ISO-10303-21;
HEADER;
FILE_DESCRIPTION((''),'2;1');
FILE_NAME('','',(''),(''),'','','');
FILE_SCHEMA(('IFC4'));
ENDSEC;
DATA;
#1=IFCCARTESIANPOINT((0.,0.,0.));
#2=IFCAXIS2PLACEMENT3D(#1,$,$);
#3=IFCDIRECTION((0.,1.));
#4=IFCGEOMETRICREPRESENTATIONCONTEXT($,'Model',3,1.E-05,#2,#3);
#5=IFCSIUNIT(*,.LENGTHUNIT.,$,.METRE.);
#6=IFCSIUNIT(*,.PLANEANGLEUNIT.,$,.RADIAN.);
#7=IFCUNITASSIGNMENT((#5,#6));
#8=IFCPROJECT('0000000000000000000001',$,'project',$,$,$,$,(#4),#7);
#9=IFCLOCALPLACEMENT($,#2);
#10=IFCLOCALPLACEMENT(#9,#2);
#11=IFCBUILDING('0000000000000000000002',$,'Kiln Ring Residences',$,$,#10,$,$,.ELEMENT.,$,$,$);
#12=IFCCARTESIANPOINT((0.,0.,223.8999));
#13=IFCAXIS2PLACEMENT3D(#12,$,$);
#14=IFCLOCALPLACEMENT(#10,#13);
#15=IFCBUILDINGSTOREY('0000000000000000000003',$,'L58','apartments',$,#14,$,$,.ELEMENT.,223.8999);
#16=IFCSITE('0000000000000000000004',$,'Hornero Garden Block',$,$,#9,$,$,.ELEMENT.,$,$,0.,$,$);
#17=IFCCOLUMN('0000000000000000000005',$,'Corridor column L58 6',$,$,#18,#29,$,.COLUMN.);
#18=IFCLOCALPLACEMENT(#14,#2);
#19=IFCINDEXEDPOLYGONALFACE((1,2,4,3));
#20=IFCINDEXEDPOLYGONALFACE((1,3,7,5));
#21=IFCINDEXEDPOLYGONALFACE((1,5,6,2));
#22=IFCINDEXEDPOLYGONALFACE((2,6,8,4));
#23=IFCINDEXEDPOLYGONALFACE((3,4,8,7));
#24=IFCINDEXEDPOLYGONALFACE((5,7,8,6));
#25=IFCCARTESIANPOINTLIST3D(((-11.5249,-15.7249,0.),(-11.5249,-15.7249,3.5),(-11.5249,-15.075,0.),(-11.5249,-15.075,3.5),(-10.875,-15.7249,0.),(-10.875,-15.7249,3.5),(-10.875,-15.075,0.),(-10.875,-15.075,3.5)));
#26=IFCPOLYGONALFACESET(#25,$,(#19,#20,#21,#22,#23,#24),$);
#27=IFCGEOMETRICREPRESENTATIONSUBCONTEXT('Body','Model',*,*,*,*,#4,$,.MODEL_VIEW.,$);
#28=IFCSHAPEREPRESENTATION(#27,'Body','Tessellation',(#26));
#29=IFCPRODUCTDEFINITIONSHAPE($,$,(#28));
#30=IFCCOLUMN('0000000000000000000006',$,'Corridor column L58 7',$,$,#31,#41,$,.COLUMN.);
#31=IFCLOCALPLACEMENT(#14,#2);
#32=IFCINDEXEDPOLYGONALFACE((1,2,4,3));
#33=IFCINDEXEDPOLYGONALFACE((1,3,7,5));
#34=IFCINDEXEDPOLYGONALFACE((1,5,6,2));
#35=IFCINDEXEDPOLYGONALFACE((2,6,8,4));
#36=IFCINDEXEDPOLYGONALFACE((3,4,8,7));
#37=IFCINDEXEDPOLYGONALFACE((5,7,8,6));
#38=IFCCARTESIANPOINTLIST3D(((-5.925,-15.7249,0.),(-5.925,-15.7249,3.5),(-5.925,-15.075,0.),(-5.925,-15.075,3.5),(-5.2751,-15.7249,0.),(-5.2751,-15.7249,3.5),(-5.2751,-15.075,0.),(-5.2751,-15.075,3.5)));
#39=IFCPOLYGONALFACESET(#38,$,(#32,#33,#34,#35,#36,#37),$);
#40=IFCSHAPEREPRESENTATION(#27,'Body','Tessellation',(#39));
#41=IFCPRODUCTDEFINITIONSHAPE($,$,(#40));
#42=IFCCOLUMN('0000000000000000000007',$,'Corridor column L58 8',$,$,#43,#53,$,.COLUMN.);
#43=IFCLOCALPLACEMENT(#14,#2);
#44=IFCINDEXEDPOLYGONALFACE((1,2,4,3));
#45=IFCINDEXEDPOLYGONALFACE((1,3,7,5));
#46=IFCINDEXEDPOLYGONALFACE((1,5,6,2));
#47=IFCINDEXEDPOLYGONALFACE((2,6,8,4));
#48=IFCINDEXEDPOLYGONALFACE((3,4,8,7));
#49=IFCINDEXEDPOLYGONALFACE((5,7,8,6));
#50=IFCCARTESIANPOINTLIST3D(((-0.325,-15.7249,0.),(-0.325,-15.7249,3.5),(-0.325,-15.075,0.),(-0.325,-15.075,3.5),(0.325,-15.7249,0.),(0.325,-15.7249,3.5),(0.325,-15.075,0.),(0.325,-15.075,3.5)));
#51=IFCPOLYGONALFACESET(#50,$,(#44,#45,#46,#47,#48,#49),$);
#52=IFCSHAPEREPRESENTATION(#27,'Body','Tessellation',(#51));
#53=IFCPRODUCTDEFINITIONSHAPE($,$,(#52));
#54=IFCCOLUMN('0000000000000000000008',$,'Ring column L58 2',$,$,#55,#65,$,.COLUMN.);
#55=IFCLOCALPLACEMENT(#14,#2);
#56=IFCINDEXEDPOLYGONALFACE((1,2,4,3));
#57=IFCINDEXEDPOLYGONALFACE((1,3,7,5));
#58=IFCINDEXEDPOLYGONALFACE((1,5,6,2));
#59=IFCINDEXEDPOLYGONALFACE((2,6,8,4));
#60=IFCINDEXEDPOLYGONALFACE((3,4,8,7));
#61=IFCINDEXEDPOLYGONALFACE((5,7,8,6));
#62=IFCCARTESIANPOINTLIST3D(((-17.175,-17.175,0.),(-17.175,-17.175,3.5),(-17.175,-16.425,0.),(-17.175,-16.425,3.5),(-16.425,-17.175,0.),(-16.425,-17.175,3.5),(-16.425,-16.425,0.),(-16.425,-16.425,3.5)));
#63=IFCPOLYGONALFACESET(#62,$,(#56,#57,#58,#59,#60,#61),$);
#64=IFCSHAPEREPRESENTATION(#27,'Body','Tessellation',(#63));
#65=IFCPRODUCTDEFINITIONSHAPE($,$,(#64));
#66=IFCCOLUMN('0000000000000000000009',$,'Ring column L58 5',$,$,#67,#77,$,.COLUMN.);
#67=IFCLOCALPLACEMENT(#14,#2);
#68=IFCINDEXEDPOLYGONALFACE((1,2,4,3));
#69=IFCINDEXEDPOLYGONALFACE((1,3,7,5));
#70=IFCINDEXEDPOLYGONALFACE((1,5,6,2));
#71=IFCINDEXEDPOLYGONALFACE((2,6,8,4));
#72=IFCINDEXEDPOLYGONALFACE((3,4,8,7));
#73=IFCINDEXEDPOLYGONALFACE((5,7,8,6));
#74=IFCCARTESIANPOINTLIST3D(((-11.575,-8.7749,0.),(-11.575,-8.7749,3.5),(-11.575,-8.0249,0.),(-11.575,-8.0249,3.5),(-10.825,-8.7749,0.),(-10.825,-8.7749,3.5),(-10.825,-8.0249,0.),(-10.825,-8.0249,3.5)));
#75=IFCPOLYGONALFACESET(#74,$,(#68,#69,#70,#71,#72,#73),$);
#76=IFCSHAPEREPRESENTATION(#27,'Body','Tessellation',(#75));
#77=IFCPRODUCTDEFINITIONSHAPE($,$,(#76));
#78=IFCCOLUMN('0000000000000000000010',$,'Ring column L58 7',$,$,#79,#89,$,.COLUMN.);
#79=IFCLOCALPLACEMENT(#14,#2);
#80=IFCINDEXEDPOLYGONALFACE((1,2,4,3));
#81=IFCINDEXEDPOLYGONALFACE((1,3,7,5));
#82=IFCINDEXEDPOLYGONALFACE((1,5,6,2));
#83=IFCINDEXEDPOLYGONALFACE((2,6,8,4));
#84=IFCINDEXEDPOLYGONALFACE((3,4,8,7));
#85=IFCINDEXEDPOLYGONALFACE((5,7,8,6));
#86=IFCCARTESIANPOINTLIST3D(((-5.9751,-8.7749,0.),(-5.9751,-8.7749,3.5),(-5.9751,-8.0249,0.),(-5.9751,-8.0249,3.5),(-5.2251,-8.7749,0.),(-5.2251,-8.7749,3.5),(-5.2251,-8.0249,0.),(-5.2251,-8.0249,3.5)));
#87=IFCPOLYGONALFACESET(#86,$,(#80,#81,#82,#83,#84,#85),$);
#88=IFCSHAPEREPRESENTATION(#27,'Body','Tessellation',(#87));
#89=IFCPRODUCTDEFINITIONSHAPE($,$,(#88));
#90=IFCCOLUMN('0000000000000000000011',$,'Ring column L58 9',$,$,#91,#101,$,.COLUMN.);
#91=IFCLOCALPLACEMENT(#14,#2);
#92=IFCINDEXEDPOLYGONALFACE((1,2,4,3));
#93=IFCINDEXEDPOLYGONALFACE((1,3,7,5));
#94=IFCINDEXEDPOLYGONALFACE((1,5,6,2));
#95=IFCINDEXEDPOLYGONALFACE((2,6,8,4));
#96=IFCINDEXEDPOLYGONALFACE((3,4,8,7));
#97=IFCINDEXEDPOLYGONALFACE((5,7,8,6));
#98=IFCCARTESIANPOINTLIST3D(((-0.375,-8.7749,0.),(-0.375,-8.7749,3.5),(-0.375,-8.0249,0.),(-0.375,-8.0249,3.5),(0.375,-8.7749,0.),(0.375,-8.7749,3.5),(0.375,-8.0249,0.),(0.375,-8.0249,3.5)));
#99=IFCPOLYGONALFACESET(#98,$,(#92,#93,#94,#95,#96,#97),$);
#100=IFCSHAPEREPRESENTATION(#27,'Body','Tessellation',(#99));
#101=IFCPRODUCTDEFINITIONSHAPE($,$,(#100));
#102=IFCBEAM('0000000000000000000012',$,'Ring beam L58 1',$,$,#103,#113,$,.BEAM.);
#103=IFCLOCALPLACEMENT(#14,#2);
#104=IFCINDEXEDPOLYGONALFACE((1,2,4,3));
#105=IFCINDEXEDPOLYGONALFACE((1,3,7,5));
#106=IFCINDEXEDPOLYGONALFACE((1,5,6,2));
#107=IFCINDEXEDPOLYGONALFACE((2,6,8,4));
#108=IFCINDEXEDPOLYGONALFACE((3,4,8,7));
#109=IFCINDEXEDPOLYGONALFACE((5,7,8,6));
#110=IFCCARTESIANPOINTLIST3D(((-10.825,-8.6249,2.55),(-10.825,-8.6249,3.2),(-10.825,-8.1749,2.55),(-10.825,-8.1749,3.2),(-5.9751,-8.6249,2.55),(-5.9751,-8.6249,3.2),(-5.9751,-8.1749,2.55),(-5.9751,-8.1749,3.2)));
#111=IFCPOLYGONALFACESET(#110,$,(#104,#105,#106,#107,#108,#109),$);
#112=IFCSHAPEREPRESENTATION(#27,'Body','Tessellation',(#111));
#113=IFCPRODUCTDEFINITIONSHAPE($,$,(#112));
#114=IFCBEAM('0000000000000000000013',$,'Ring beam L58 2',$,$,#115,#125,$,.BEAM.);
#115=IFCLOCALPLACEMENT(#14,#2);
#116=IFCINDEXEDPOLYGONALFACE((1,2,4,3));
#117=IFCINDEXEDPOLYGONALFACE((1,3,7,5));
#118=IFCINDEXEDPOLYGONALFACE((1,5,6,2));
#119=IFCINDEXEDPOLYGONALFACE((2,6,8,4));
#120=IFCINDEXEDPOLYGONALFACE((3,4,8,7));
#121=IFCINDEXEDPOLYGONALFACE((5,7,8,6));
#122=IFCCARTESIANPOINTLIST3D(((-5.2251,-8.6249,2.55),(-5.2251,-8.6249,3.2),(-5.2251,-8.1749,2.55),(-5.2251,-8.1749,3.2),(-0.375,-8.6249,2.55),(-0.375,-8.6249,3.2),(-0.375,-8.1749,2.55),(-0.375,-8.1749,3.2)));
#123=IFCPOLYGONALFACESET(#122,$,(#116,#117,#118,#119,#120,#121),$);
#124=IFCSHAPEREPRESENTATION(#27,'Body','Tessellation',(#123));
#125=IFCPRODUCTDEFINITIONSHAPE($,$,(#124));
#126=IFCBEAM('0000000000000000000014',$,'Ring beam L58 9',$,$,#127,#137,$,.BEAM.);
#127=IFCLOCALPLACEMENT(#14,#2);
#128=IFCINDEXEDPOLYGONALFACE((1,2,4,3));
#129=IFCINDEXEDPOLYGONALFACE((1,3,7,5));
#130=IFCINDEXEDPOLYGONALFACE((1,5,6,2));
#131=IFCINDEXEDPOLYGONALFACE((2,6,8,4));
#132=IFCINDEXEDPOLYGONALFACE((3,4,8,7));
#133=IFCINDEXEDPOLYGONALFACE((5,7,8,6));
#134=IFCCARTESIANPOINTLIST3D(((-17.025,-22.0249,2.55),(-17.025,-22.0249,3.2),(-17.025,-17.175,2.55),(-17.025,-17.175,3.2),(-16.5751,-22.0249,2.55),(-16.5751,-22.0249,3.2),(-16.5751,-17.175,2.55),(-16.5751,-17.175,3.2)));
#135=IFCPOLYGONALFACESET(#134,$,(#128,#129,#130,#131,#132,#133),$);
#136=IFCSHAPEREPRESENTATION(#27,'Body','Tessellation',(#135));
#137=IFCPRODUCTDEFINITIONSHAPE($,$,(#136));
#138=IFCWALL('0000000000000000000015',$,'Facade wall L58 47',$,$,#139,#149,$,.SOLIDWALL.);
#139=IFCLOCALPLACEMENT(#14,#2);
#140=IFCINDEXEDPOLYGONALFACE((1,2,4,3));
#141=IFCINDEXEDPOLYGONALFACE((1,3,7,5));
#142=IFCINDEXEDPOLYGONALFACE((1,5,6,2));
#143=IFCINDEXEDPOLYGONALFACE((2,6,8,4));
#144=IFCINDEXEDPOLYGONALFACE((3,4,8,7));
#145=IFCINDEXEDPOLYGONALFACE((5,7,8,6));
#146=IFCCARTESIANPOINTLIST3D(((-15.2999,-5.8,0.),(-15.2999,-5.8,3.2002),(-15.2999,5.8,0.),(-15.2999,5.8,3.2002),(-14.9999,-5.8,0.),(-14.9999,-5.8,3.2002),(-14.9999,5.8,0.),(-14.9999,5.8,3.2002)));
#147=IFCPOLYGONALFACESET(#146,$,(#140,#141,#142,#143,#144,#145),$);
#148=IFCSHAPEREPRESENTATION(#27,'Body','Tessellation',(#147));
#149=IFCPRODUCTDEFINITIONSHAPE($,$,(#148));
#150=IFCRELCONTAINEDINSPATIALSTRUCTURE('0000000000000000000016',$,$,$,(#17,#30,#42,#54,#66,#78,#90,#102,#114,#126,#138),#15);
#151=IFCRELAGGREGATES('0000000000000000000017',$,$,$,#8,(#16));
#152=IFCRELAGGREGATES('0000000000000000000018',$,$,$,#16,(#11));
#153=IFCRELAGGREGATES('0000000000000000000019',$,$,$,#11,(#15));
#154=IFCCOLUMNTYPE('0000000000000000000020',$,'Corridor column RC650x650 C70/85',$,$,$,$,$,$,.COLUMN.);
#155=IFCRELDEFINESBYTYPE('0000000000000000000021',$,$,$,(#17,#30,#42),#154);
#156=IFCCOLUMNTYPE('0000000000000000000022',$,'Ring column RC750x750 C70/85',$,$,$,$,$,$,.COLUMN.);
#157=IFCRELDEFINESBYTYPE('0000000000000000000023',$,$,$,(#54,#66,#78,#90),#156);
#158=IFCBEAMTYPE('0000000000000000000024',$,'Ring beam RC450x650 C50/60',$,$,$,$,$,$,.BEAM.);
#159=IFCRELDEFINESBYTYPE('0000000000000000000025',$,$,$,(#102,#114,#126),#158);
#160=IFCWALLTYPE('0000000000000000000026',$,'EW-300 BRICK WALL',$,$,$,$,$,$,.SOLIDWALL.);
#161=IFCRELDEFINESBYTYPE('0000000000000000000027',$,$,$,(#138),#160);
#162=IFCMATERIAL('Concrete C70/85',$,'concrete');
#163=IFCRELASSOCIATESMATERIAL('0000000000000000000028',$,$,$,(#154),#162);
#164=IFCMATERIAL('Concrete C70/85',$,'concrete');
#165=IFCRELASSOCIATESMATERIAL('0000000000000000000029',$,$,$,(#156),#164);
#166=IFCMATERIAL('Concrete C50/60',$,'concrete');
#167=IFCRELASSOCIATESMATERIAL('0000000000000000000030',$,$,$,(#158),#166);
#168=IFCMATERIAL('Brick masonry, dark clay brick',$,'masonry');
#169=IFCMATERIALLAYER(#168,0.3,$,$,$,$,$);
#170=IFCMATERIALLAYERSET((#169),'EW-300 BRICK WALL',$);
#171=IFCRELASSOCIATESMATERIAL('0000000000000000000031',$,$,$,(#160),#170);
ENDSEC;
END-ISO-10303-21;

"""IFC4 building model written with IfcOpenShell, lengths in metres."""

from ifc_helpers import new_model, si_unit, direction, frame, frame_2d, origin, origin_2d, place, context, subcontext, project, spatial, rectangle, extrude, material, layer, layer_set, material_profile, profile_set, type_object, element, save


model = new_model("IFC4")

# Units and contexts
model_context = context("Model", 3, precision=1e-05, world=origin(), true_north=direction((0.0, 1.0)))
body_context = subcontext(model_context, "Body", "Model", "MODEL_VIEW")
ifc_project = project(units=[si_unit("LENGTHUNIT", "METRE"), si_unit("PLANEANGLEUNIT", "RADIAN")], contexts=[model_context])

# Site, building, storey
site_placement = place(None, origin())
site = spatial("IfcSite", under=ifc_project, at=site_placement, Name="Hornero Garden Block", CompositionType="ELEMENT", RefElevation=0.0)
building_placement = place(site_placement, origin())
building = spatial("IfcBuilding", under=site, at=building_placement, Name="Kiln Ring Residences", CompositionType="ELEMENT")
storey_placement = place(building_placement, frame((0.0, 0.0, 223.8999)))
storey = spatial("IfcBuildingStorey", under=building, at=storey_placement, Name="L58", Description="apartments", CompositionType="ELEMENT", Elevation=223.8999)

# Columns
ifc_material_1 = material(Name="Concrete C70/85", Category="concrete")
ifc_material_profile_1 = material_profile(ifc_material_1, rectangle(XDim=0.6499, YDim=0.6499, at=origin_2d()), Name="RC650x650")
ifc_profile_set_1 = profile_set([ifc_material_profile_1], Name="Concrete C70/85")
column_type_1 = type_object("IfcColumnType", Name="Corridor column RC650x650 C70/85", PredefinedType="COLUMN", material=ifc_profile_set_1)
for number, where, z_axis, x_axis, name in (
    (1, (-11.2, -15.3999, 0.0), (0.0, 0.0, 1.0), (1.0, 0.0, 0.0), "Corridor column L58 6"),
    (2, (-5.6001, -15.3999, 0.0), (0.0, 0.0, 1.0), (1.0, 0.0, 0.0), "Corridor column L58 7"),
    (3, (0.0, -15.3999, 0.0), (0.0, 0.0, 1.0), (1.0, 0.0, 0.0), "Corridor column L58 8"),
):
    element("IfcColumn", number, at=place(storey_placement, frame(where, z_axis=z_axis, x_axis=x_axis)), inside=storey, type_object=column_type_1, Name=name, PredefinedType="COLUMN", context=body_context, shape_type="SweptSolid", body=[
        extrude(rectangle(XDim=0.6499, YDim=0.6499, at=origin_2d()), origin(), (0.0, 0.0, 1.0), 3.5),
    ])
ifc_material_2 = material(Name="Concrete C70/85", Category="concrete")
ifc_material_profile_2 = material_profile(ifc_material_2, rectangle(XDim=0.75, YDim=0.75, at=origin_2d()), Name="RC750x750")
ifc_profile_set_2 = profile_set([ifc_material_profile_2], Name="Concrete C70/85")
column_type_2 = type_object("IfcColumnType", Name="Ring column RC750x750 C70/85", PredefinedType="COLUMN", material=ifc_profile_set_2)
for number, where, z_axis, x_axis, name in (
    (4, (-16.8, -16.8, 0.0), (0.0, 0.0, 1.0), (1.0, 0.0, 0.0), "Ring column L58 2"),
    (5, (-11.2, -8.3999, 0.0), (0.0, 0.0, 1.0), (1.0, 0.0, 0.0), "Ring column L58 5"),
    (6, (-5.6001, -8.3999, 0.0), (0.0, 0.0, 1.0), (1.0, 0.0, 0.0), "Ring column L58 7"),
    (7, (0.0, -8.3999, 0.0), (0.0, 0.0, 1.0), (1.0, 0.0, 0.0), "Ring column L58 9"),
):
    element("IfcColumn", number, at=place(storey_placement, frame(where, z_axis=z_axis, x_axis=x_axis)), inside=storey, type_object=column_type_2, Name=name, PredefinedType="COLUMN", context=body_context, shape_type="SweptSolid", body=[
        extrude(rectangle(XDim=0.75, YDim=0.75, at=origin_2d()), origin(), (0.0, 0.0, 1.0), 3.5),
    ])

# Beams
ifc_material_3 = material(Name="Concrete C50/60", Category="concrete")
ifc_material_profile_3 = material_profile(ifc_material_3, rectangle(XDim=0.45, YDim=0.6499, at=origin_2d()), Name="RC450x650")
ifc_profile_set_3 = profile_set([ifc_material_profile_3], Name="Concrete C50/60")
beam_type = type_object("IfcBeamType", Name="Ring beam RC450x650 C50/60", PredefinedType="BEAM", material=ifc_profile_set_3)
beam_1_placement = place(storey_placement, frame((-10.825, -8.3999, 2.875), z_axis=(1.0, 0.0, 0.0), x_axis=(0.0, 1.0, 0.0)))
element("IfcBeam", 8, at=beam_1_placement, inside=storey, type_object=beam_type, Name="Ring beam L58 1", PredefinedType="BEAM", context=body_context, shape_type="SweptSolid", body=[
    extrude(rectangle(XDim=0.45, YDim=0.6499, at=origin_2d()), origin(), (0.0, 0.0, 1.0), 4.8499),
])
beam_2_placement = place(storey_placement, frame((-5.2251, -8.3999, 2.875), z_axis=(1.0, 0.0, 0.0), x_axis=(0.0, 1.0, 0.0)))
element("IfcBeam", 9, at=beam_2_placement, inside=storey, type_object=beam_type, Name="Ring beam L58 2", PredefinedType="BEAM", context=body_context, shape_type="SweptSolid", body=[
    extrude(rectangle(XDim=0.45, YDim=0.6499, at=origin_2d()), origin(), (0.0, 0.0, 1.0), 4.8501),
])
beam_3_placement = place(storey_placement, frame((-16.8, -17.175, 2.875), z_axis=(0.0, -1.0, 0.0), x_axis=(1.0, 0.0, 0.0)))
element("IfcBeam", 10, at=beam_3_placement, inside=storey, type_object=beam_type, Name="Ring beam L58 9", PredefinedType="BEAM", context=body_context, shape_type="SweptSolid", body=[
    extrude(rectangle(XDim=0.45, YDim=0.6499, at=origin_2d()), origin(), (0.0, 0.0, 1.0), 4.8499),
])

# Wall
ifc_material_4 = material(Name="Brick masonry, dark clay brick", Category="masonry")
ifc_layer_1 = layer(ifc_material_4, 0.3)
ifc_layer_set_1 = layer_set([ifc_layer_1], Name="EW-300 BRICK WALL")
wall_type_1 = type_object("IfcWallType", Name="EW-300 BRICK WALL", PredefinedType="SOLIDWALL", material=ifc_layer_set_1)
wall_1_placement = place(storey_placement, frame((-15.1499, -5.8, 0.0), z_axis=(0.0, 0.0, 1.0), x_axis=(0.0, 1.0, 0.0)))
element("IfcWall", 11, at=wall_1_placement, inside=storey, type_object=wall_type_1, Name="Facade wall L58 47", PredefinedType="SOLIDWALL", context=body_context, shape_type="SweptSolid", body=[
    extrude(rectangle(XDim=11.6001, YDim=0.3, at=frame_2d((5.8, 0.0))), origin(), (0.0, 0.0, 1.0), 3.2002),
])

save(model, "model.ifc")
